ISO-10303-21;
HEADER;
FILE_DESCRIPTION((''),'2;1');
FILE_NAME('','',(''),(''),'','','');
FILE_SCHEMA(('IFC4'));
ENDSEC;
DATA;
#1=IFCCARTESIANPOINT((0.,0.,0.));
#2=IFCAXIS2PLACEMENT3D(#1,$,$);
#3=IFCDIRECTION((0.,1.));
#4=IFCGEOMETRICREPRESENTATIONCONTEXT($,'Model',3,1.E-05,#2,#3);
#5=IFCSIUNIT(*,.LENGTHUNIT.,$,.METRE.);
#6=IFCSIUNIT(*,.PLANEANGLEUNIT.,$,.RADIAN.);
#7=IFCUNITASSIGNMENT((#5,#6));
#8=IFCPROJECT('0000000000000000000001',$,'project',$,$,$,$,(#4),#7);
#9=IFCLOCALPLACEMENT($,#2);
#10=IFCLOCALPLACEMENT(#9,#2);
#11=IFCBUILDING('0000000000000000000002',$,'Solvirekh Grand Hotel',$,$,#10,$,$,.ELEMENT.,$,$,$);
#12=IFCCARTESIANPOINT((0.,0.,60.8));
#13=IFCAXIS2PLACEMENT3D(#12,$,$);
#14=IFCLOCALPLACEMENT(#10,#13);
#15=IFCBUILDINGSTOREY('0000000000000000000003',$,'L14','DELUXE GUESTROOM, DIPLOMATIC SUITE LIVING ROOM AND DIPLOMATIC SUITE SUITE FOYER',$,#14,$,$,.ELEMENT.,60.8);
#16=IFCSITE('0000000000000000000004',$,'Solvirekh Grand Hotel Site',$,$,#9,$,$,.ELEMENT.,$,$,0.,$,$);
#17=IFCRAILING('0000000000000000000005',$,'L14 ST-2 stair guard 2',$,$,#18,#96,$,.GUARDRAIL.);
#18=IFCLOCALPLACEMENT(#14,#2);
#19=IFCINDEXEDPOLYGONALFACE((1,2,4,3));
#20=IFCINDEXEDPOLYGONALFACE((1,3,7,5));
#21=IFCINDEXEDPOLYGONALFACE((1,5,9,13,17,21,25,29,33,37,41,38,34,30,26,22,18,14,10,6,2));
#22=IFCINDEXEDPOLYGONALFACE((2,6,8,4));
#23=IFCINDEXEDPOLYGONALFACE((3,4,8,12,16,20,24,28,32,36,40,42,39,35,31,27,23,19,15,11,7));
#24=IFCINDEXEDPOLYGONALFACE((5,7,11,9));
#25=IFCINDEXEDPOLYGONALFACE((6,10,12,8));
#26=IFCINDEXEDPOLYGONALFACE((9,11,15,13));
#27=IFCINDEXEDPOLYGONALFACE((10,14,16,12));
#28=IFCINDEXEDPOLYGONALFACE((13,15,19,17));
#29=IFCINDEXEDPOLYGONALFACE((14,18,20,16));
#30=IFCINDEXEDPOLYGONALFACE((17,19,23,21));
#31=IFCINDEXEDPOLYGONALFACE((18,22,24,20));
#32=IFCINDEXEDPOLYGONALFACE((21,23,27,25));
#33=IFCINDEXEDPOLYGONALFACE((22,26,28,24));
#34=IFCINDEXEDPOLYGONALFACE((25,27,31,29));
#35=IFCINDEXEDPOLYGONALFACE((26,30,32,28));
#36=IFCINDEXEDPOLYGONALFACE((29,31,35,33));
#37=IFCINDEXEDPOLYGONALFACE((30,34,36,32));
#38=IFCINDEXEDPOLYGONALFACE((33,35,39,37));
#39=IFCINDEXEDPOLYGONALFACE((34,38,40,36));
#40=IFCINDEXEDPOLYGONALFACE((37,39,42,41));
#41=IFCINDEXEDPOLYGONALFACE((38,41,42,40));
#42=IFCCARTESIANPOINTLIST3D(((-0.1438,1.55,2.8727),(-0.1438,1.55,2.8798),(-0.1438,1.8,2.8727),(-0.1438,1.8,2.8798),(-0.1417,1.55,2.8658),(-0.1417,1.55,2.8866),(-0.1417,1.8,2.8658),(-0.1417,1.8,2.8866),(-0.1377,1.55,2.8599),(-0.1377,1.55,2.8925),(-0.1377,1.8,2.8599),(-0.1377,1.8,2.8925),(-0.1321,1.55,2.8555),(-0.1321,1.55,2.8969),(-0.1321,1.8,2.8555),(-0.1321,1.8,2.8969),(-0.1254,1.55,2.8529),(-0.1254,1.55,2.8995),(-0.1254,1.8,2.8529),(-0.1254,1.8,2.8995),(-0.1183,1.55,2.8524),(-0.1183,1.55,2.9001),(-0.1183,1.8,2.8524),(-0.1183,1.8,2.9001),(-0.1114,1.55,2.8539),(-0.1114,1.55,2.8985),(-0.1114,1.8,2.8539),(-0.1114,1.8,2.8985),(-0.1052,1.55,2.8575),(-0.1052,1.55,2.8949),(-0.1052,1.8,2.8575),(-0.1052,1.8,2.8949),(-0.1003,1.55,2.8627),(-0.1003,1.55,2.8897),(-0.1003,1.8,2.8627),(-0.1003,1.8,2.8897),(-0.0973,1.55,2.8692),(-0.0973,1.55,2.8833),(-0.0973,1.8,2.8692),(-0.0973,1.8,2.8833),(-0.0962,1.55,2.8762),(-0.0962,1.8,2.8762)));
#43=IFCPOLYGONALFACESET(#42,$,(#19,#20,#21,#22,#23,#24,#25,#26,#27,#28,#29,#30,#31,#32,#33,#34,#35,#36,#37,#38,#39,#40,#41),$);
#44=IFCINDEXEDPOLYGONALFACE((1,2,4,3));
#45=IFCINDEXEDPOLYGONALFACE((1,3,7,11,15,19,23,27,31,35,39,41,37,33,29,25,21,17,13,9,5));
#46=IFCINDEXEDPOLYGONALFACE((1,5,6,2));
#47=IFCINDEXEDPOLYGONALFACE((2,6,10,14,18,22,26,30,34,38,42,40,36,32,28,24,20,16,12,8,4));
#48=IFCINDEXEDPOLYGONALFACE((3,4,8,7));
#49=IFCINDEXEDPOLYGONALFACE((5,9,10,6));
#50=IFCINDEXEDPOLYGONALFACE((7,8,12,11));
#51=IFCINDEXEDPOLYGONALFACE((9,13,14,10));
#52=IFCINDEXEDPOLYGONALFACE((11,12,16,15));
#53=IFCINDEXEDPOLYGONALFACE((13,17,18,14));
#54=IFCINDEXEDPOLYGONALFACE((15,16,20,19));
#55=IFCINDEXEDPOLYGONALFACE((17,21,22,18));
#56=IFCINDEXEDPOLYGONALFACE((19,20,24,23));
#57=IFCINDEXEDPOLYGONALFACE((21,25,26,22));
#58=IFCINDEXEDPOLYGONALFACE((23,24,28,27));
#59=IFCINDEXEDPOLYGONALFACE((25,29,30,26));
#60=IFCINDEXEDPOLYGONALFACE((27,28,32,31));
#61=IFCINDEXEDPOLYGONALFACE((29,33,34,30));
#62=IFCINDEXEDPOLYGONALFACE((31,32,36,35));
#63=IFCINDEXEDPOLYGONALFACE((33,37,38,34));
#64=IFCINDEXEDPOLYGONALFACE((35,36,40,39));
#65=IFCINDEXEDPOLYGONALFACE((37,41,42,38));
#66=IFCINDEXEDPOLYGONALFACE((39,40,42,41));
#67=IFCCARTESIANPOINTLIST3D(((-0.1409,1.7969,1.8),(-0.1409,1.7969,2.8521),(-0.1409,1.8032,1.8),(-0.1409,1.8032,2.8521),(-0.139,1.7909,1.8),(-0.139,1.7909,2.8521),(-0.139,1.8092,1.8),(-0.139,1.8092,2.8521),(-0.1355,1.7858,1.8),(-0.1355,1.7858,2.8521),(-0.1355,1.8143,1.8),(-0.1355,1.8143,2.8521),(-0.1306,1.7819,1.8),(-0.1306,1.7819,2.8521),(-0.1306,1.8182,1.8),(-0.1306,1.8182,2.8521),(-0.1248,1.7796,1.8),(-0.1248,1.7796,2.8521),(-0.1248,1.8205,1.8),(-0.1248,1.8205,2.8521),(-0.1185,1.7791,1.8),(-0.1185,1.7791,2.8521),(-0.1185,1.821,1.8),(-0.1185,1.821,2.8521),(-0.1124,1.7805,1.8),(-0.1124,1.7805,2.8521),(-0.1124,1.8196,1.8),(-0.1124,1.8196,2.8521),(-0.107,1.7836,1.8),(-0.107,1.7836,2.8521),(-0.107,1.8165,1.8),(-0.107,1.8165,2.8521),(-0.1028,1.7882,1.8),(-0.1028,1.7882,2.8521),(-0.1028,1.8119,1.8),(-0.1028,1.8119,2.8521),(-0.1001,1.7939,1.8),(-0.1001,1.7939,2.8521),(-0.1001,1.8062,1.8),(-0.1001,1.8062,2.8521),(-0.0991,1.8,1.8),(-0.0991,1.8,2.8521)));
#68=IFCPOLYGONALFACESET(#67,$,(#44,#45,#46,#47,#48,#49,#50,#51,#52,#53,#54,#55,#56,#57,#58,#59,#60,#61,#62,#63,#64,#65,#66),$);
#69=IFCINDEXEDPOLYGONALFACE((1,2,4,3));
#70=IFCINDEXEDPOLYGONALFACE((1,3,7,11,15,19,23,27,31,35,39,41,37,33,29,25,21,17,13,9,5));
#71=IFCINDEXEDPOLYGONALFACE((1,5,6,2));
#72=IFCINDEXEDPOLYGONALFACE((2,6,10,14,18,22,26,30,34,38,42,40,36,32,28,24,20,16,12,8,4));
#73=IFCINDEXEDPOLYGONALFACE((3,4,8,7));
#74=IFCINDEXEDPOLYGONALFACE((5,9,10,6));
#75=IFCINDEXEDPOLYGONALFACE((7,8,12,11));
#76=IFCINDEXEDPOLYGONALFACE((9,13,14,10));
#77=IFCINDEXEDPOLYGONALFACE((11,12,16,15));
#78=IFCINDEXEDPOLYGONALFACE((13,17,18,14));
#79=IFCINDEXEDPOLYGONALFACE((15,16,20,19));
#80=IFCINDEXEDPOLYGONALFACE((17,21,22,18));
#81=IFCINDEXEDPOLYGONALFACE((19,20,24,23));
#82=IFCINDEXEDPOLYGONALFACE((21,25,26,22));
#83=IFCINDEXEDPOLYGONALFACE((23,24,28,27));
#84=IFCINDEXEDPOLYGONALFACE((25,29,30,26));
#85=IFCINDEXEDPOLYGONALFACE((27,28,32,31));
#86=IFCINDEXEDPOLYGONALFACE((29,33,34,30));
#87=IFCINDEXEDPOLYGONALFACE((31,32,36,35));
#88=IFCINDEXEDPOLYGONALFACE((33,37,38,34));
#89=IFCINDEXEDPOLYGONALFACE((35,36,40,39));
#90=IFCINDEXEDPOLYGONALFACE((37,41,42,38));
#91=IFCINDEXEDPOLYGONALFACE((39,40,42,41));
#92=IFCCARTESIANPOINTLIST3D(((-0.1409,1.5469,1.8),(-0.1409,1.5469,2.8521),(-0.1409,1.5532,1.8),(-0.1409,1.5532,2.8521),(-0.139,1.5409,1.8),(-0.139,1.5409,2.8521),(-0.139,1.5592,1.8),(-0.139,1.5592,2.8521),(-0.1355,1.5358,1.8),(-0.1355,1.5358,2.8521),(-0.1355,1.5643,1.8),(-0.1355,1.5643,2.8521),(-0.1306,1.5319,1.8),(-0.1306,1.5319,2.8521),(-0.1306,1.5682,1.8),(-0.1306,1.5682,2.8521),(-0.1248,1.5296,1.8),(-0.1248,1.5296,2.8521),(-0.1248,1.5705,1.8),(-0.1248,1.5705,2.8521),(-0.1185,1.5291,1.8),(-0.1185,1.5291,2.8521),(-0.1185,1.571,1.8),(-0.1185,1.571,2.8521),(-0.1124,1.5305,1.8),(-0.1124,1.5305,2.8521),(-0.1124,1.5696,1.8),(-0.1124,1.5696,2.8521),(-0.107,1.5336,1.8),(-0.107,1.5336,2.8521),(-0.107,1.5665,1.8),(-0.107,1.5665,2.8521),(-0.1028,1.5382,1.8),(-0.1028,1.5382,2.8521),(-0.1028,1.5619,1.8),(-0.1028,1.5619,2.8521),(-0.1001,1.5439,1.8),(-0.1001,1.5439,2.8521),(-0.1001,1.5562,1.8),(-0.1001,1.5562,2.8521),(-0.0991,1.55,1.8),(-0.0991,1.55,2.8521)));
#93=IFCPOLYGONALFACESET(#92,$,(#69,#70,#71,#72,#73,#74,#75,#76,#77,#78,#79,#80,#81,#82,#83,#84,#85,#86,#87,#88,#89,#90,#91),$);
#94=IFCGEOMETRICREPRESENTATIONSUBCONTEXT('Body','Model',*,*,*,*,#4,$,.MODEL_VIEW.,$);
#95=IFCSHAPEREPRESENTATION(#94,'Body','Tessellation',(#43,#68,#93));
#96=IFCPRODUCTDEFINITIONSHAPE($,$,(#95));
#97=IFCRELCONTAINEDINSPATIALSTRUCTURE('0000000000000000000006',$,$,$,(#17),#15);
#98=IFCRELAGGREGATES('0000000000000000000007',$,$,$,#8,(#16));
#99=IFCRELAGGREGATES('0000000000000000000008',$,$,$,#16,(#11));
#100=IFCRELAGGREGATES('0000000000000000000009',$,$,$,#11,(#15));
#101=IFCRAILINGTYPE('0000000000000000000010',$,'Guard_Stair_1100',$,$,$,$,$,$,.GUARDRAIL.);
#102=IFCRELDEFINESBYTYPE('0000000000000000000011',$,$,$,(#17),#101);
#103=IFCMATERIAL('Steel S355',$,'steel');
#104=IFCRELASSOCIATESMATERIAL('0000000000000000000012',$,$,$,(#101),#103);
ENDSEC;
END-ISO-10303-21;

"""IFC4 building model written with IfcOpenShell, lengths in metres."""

from ifc_helpers import new_model, si_unit, direction, frame, origin, origin_2d, place, context, subcontext, project, spatial, circle, extrude, material, type_object, element, save


model = new_model("IFC4")

# Units and contexts
model_context = context("Model", 3, precision=1e-05, world=origin(), true_north=direction((0.0, 1.0)))
body_context = subcontext(model_context, "Body", "Model", "MODEL_VIEW")
ifc_project = project(units=[si_unit("LENGTHUNIT", "METRE"), si_unit("PLANEANGLEUNIT", "RADIAN")], contexts=[model_context])

# Site, building, storey
site_placement = place(None, origin())
site = spatial("IfcSite", under=ifc_project, at=site_placement, Name="Solvirekh Grand Hotel Site", CompositionType="ELEMENT", RefElevation=0.0)
building_placement = place(site_placement, origin())
building = spatial("IfcBuilding", under=site, at=building_placement, Name="Solvirekh Grand Hotel", CompositionType="ELEMENT")
storey_placement = place(building_placement, frame((0.0, 0.0, 60.8)))
storey = spatial("IfcBuildingStorey", under=building, at=storey_placement, Name="L14", Description="DELUXE GUESTROOM, DIPLOMATIC SUITE LIVING ROOM AND DIPLOMATIC SUITE SUITE FOYER", CompositionType="ELEMENT", Elevation=60.8)

# Railing
ifc_material_1 = material(Name="Steel S355", Category="steel")
railing_type_1 = type_object("IfcRailingType", Name="Guard_Stair_1100", PredefinedType="GUARDRAIL", material=ifc_material_1)
railing_1_placement = place(storey_placement, frame((-0.1201, 1.8, 1.8)))
element("IfcRailing", 1, at=railing_1_placement, inside=storey, type_object=railing_type_1, Name="L14 ST-2 stair guard 2", PredefinedType="GUARDRAIL", context=body_context, shape_type="SweptSolid", body=[
    extrude(circle(Radius=0.0239, at=origin_2d()), frame((0.0, 0.0, 1.0762), z_axis=(0.0, -1.0, 0.0), x_axis=(1.0, 0.0, 0.0)), (0.0, 0.0, 1.0), 0.25),
    extrude(circle(Radius=0.021, at=origin_2d()), origin(), (0.0, 0.0, 1.0), 1.052),
    extrude(circle(Radius=0.021, at=origin_2d()), frame((0.0, -0.25, 0.0)), (0.0, 0.0, 1.0), 1.052),
])

save(model, "model.ifc")
